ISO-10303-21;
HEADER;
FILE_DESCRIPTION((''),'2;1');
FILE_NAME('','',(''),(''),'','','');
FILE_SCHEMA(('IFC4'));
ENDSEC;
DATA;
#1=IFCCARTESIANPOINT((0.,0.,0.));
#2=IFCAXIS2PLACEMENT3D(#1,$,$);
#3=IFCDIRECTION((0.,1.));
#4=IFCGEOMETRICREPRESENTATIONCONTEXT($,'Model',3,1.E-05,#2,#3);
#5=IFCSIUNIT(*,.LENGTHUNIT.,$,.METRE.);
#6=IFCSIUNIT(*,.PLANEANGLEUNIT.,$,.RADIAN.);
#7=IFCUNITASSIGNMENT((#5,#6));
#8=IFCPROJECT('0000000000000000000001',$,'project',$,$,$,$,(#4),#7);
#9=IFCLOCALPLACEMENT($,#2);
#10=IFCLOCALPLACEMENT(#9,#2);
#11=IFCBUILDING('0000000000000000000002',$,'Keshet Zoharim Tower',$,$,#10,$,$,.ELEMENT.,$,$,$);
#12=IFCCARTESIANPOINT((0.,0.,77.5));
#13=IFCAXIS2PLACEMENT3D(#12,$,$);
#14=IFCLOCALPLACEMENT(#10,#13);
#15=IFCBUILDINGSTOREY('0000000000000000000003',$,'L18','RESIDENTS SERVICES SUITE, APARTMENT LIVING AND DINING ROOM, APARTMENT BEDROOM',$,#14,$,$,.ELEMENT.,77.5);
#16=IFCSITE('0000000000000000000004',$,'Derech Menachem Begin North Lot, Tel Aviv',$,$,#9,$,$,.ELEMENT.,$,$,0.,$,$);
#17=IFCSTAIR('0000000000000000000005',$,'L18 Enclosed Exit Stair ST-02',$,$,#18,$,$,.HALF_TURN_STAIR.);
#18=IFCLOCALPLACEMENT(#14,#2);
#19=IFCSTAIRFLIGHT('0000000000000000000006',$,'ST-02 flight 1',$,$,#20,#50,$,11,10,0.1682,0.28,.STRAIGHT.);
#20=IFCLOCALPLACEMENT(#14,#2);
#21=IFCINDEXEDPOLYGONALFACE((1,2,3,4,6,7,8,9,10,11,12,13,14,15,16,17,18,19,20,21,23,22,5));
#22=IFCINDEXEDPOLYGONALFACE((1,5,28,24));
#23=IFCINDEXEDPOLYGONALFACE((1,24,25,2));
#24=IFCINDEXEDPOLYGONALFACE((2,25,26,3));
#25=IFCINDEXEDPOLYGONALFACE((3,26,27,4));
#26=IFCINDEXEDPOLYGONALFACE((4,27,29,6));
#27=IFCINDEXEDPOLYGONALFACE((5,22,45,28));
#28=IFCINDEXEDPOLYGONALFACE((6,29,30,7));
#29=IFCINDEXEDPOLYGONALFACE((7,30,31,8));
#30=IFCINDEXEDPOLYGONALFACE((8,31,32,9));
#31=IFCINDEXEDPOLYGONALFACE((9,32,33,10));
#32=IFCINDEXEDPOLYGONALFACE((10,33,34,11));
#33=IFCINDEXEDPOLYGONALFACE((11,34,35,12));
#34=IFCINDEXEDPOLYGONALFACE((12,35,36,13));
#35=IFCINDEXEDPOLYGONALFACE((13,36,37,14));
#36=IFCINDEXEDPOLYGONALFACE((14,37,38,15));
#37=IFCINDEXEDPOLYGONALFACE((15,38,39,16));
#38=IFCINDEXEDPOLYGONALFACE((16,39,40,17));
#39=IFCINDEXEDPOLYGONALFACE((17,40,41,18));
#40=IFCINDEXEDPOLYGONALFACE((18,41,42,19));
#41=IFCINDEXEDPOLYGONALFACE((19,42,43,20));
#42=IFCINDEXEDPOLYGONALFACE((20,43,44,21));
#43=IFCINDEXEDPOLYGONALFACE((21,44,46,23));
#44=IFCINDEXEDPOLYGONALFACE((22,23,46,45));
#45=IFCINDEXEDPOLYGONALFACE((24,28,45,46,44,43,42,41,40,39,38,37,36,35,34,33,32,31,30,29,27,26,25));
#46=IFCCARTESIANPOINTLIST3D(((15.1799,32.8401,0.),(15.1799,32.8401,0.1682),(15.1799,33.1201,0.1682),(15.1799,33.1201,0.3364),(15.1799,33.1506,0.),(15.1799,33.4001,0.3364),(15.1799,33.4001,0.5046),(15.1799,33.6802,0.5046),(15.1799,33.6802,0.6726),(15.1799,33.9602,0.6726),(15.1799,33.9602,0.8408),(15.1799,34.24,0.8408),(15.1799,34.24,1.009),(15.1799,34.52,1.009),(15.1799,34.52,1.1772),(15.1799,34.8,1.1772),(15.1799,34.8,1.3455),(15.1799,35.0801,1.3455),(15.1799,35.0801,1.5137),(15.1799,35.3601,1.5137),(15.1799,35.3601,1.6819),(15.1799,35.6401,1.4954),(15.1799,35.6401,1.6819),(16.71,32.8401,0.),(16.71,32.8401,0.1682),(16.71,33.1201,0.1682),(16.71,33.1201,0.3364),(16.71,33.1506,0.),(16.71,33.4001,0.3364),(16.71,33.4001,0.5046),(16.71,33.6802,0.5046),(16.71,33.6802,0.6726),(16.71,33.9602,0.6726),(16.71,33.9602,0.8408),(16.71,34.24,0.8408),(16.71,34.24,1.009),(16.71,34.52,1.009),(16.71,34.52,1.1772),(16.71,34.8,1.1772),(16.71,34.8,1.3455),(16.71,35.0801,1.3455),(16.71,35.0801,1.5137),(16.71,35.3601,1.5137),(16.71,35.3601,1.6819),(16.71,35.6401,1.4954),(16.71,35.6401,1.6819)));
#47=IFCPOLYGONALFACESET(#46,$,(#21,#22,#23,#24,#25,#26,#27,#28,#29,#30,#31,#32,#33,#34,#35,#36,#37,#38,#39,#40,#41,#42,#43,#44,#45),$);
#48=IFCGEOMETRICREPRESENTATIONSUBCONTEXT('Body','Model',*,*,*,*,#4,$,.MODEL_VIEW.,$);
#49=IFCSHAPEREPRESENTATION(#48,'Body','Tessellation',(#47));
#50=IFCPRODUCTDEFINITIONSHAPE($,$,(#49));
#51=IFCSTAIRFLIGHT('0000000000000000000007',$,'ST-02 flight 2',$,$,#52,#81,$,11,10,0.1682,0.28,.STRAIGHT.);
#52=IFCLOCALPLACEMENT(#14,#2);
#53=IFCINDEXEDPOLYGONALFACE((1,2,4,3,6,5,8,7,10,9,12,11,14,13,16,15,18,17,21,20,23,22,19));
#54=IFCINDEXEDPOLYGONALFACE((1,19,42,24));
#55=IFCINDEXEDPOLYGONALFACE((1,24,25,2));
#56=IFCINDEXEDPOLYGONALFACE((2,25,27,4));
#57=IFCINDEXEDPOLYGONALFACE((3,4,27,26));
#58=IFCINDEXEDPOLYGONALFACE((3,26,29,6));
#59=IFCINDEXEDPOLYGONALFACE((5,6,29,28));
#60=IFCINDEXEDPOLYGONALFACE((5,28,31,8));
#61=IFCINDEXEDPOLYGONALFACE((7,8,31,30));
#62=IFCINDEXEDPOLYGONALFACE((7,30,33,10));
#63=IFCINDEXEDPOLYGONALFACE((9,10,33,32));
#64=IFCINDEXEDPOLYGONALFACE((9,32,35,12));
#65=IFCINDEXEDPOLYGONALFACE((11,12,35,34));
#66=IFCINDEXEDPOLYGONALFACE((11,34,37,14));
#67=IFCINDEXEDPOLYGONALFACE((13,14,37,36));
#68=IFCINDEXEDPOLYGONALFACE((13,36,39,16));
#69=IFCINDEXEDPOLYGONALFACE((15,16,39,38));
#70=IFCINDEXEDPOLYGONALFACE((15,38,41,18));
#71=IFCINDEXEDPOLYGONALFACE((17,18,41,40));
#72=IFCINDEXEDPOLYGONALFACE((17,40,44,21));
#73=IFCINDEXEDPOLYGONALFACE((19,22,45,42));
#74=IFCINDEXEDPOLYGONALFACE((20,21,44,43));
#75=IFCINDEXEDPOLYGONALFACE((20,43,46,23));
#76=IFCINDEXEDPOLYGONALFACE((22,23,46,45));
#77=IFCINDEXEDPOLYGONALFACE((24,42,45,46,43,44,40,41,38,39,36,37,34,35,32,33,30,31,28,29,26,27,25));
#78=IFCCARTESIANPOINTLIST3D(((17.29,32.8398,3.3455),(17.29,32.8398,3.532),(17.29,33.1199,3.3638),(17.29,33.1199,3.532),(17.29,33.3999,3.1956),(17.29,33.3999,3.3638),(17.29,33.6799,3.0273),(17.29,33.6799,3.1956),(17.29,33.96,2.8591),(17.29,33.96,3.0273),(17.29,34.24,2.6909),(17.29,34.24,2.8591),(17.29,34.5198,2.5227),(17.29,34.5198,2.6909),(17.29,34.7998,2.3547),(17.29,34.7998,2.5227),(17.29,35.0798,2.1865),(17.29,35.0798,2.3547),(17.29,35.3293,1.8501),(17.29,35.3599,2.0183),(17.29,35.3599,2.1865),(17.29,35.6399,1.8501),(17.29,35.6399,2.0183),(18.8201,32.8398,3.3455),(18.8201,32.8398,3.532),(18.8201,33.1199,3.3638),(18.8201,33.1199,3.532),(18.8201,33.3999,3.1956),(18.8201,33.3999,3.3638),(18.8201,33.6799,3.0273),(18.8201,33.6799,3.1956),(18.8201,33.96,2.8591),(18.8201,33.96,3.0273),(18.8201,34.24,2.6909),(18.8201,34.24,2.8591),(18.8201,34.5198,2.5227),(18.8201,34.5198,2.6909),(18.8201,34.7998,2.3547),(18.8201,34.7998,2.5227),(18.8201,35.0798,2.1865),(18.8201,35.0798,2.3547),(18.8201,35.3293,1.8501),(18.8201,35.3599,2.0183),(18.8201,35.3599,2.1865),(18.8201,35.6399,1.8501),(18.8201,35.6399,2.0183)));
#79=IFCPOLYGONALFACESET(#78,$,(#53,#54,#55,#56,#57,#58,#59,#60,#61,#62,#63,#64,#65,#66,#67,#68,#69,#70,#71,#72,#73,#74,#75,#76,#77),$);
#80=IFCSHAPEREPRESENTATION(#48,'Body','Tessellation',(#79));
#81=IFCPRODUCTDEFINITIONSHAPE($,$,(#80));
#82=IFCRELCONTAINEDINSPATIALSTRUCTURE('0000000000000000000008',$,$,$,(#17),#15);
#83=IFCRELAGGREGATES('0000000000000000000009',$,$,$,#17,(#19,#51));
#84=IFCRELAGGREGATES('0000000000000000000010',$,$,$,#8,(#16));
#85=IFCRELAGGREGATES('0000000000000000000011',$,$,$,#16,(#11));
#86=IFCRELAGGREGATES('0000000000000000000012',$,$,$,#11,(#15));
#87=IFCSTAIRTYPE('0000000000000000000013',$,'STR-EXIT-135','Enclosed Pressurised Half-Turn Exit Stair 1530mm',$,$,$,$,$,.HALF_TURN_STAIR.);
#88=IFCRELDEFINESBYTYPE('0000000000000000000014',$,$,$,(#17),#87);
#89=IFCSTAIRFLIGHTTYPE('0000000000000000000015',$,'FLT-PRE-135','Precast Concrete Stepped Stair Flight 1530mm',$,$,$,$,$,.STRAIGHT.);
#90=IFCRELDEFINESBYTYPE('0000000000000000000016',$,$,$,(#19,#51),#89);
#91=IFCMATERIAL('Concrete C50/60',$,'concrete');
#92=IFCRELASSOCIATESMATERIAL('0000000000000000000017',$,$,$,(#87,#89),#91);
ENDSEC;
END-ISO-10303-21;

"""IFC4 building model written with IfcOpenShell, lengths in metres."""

from ifc_helpers import new_model, si_unit, direction, frame, origin, place, context, subcontext, project, spatial, polyline, outline, extrude, material, type_object, element, aggregate, save


model = new_model("IFC4")

# Units and contexts
model_context = context("Model", 3, precision=1e-05, world=origin(), true_north=direction((0.0, 1.0)))
body_context = subcontext(model_context, "Body", "Model", "MODEL_VIEW")
ifc_project = project(units=[si_unit("LENGTHUNIT", "METRE"), si_unit("PLANEANGLEUNIT", "RADIAN")], contexts=[model_context])

# Site, building, storey
site_placement = place(None, origin())
site = spatial("IfcSite", under=ifc_project, at=site_placement, Name="Derech Menachem Begin North Lot, Tel Aviv", CompositionType="ELEMENT", RefElevation=0.0)
building_placement = place(site_placement, origin())
building = spatial("IfcBuilding", under=site, at=building_placement, Name="Keshet Zoharim Tower", CompositionType="ELEMENT")
storey_placement = place(building_placement, frame((0.0, 0.0, 77.5)))
storey = spatial("IfcBuildingStorey", under=building, at=storey_placement, Name="L18", Description="RESIDENTS SERVICES SUITE, APARTMENT LIVING AND DINING ROOM, APARTMENT BEDROOM", CompositionType="ELEMENT", Elevation=77.5)

# Shared definitions
ifc_material_1 = material(Name="Concrete C50/60", Category="concrete")
stair_type = type_object("IfcStairType", Name="STR-EXIT-135", Description="Enclosed Pressurised Half-Turn Exit Stair 1530mm", PredefinedType="HALF_TURN_STAIR", material=ifc_material_1)
stair_flight_type = type_object("IfcStairFlightType", Name="FLT-PRE-135", Description="Precast Concrete Stepped Stair Flight 1530mm", PredefinedType="STRAIGHT", material=ifc_material_1)

# Stair, stair flights
stair_1_placement = place(storey_placement, origin())
stair_1 = element("IfcStair", 1, at=stair_1_placement, inside=storey, type_object=stair_type, Name="L18 Enclosed Exit Stair ST-02", PredefinedType="HALF_TURN_STAIR")
stair_flight_1_placement = place(storey_placement, frame((15.9451, 32.8401, 0.0), z_axis=(0.0, 0.0, 1.0), x_axis=(0.0, 1.0, 0.0)))
stair_flight_1 = element("IfcStairFlight", 2, at=stair_flight_1_placement, type_object=stair_flight_type, Name="ST-02 flight 1", NumberOfRisers=11, NumberOfTreads=10, PredefinedType="STRAIGHT", RiserHeight=0.1682, TreadLength=0.28, context=body_context, shape_type="SweptSolid", body=[
    extrude(outline(polyline([(0.0, 0.0), (0.0, 0.1682), (0.28, 0.1682), (0.28, 0.3364), (0.5601, 0.3364), (0.5601, 0.5046), (0.8401, 0.5046), (0.8401, 0.6726), (1.1201, 0.6726), (1.1201, 0.8408), (1.3999, 0.8408), (1.3999, 1.009), (1.6799, 1.009), (1.6799, 1.1772), (1.96, 1.1772), (1.96, 1.3455), (2.24, 1.3455), (2.24, 1.5137), (2.52, 1.5137), (2.52, 1.6819), (2.8, 1.6819), (2.8, 1.8501), (2.8, 1.4954), (0.3105, 0.0), (0.0, 0.0)])), frame((0.0, 0.7651, 0.0), z_axis=(0.0, -1.0, 0.0), x_axis=(1.0, 0.0, 0.0)), (0.0, 0.0, 1.0), 1.53),
])
stair_flight_2_placement = place(storey_placement, frame((18.0549, 35.6399, 1.8501), z_axis=(0.0, 0.0, 1.0), x_axis=(0.0, -1.0, 0.0)))
stair_flight_2 = element("IfcStairFlight", 3, at=stair_flight_2_placement, type_object=stair_flight_type, Name="ST-02 flight 2", NumberOfRisers=11, NumberOfTreads=10, PredefinedType="STRAIGHT", RiserHeight=0.1682, TreadLength=0.28, context=body_context, shape_type="SweptSolid", body=[
    extrude(outline(polyline([(0.0, 0.0), (0.0, 0.1682), (0.28, 0.1682), (0.28, 0.3364), (0.5601, 0.3364), (0.5601, 0.5046), (0.8401, 0.5046), (0.8401, 0.6726), (1.1201, 0.6726), (1.1201, 0.8408), (1.3999, 0.8408), (1.3999, 1.009), (1.6799, 1.009), (1.6799, 1.1772), (1.96, 1.1772), (1.96, 1.3455), (2.24, 1.3455), (2.24, 1.5137), (2.52, 1.5137), (2.52, 1.6819), (2.8, 1.6819), (2.8, 1.8501), (2.8, 1.4954), (0.3105, 0.0), (0.0, 0.0)])), frame((0.0, 0.7651, 0.0), z_axis=(0.0, -1.0, 0.0), x_axis=(1.0, 0.0, 0.0)), (0.0, 0.0, 1.0), 1.53),
])
aggregate(stair_1, [stair_flight_1, stair_flight_2])

save(model, "model.ifc")
